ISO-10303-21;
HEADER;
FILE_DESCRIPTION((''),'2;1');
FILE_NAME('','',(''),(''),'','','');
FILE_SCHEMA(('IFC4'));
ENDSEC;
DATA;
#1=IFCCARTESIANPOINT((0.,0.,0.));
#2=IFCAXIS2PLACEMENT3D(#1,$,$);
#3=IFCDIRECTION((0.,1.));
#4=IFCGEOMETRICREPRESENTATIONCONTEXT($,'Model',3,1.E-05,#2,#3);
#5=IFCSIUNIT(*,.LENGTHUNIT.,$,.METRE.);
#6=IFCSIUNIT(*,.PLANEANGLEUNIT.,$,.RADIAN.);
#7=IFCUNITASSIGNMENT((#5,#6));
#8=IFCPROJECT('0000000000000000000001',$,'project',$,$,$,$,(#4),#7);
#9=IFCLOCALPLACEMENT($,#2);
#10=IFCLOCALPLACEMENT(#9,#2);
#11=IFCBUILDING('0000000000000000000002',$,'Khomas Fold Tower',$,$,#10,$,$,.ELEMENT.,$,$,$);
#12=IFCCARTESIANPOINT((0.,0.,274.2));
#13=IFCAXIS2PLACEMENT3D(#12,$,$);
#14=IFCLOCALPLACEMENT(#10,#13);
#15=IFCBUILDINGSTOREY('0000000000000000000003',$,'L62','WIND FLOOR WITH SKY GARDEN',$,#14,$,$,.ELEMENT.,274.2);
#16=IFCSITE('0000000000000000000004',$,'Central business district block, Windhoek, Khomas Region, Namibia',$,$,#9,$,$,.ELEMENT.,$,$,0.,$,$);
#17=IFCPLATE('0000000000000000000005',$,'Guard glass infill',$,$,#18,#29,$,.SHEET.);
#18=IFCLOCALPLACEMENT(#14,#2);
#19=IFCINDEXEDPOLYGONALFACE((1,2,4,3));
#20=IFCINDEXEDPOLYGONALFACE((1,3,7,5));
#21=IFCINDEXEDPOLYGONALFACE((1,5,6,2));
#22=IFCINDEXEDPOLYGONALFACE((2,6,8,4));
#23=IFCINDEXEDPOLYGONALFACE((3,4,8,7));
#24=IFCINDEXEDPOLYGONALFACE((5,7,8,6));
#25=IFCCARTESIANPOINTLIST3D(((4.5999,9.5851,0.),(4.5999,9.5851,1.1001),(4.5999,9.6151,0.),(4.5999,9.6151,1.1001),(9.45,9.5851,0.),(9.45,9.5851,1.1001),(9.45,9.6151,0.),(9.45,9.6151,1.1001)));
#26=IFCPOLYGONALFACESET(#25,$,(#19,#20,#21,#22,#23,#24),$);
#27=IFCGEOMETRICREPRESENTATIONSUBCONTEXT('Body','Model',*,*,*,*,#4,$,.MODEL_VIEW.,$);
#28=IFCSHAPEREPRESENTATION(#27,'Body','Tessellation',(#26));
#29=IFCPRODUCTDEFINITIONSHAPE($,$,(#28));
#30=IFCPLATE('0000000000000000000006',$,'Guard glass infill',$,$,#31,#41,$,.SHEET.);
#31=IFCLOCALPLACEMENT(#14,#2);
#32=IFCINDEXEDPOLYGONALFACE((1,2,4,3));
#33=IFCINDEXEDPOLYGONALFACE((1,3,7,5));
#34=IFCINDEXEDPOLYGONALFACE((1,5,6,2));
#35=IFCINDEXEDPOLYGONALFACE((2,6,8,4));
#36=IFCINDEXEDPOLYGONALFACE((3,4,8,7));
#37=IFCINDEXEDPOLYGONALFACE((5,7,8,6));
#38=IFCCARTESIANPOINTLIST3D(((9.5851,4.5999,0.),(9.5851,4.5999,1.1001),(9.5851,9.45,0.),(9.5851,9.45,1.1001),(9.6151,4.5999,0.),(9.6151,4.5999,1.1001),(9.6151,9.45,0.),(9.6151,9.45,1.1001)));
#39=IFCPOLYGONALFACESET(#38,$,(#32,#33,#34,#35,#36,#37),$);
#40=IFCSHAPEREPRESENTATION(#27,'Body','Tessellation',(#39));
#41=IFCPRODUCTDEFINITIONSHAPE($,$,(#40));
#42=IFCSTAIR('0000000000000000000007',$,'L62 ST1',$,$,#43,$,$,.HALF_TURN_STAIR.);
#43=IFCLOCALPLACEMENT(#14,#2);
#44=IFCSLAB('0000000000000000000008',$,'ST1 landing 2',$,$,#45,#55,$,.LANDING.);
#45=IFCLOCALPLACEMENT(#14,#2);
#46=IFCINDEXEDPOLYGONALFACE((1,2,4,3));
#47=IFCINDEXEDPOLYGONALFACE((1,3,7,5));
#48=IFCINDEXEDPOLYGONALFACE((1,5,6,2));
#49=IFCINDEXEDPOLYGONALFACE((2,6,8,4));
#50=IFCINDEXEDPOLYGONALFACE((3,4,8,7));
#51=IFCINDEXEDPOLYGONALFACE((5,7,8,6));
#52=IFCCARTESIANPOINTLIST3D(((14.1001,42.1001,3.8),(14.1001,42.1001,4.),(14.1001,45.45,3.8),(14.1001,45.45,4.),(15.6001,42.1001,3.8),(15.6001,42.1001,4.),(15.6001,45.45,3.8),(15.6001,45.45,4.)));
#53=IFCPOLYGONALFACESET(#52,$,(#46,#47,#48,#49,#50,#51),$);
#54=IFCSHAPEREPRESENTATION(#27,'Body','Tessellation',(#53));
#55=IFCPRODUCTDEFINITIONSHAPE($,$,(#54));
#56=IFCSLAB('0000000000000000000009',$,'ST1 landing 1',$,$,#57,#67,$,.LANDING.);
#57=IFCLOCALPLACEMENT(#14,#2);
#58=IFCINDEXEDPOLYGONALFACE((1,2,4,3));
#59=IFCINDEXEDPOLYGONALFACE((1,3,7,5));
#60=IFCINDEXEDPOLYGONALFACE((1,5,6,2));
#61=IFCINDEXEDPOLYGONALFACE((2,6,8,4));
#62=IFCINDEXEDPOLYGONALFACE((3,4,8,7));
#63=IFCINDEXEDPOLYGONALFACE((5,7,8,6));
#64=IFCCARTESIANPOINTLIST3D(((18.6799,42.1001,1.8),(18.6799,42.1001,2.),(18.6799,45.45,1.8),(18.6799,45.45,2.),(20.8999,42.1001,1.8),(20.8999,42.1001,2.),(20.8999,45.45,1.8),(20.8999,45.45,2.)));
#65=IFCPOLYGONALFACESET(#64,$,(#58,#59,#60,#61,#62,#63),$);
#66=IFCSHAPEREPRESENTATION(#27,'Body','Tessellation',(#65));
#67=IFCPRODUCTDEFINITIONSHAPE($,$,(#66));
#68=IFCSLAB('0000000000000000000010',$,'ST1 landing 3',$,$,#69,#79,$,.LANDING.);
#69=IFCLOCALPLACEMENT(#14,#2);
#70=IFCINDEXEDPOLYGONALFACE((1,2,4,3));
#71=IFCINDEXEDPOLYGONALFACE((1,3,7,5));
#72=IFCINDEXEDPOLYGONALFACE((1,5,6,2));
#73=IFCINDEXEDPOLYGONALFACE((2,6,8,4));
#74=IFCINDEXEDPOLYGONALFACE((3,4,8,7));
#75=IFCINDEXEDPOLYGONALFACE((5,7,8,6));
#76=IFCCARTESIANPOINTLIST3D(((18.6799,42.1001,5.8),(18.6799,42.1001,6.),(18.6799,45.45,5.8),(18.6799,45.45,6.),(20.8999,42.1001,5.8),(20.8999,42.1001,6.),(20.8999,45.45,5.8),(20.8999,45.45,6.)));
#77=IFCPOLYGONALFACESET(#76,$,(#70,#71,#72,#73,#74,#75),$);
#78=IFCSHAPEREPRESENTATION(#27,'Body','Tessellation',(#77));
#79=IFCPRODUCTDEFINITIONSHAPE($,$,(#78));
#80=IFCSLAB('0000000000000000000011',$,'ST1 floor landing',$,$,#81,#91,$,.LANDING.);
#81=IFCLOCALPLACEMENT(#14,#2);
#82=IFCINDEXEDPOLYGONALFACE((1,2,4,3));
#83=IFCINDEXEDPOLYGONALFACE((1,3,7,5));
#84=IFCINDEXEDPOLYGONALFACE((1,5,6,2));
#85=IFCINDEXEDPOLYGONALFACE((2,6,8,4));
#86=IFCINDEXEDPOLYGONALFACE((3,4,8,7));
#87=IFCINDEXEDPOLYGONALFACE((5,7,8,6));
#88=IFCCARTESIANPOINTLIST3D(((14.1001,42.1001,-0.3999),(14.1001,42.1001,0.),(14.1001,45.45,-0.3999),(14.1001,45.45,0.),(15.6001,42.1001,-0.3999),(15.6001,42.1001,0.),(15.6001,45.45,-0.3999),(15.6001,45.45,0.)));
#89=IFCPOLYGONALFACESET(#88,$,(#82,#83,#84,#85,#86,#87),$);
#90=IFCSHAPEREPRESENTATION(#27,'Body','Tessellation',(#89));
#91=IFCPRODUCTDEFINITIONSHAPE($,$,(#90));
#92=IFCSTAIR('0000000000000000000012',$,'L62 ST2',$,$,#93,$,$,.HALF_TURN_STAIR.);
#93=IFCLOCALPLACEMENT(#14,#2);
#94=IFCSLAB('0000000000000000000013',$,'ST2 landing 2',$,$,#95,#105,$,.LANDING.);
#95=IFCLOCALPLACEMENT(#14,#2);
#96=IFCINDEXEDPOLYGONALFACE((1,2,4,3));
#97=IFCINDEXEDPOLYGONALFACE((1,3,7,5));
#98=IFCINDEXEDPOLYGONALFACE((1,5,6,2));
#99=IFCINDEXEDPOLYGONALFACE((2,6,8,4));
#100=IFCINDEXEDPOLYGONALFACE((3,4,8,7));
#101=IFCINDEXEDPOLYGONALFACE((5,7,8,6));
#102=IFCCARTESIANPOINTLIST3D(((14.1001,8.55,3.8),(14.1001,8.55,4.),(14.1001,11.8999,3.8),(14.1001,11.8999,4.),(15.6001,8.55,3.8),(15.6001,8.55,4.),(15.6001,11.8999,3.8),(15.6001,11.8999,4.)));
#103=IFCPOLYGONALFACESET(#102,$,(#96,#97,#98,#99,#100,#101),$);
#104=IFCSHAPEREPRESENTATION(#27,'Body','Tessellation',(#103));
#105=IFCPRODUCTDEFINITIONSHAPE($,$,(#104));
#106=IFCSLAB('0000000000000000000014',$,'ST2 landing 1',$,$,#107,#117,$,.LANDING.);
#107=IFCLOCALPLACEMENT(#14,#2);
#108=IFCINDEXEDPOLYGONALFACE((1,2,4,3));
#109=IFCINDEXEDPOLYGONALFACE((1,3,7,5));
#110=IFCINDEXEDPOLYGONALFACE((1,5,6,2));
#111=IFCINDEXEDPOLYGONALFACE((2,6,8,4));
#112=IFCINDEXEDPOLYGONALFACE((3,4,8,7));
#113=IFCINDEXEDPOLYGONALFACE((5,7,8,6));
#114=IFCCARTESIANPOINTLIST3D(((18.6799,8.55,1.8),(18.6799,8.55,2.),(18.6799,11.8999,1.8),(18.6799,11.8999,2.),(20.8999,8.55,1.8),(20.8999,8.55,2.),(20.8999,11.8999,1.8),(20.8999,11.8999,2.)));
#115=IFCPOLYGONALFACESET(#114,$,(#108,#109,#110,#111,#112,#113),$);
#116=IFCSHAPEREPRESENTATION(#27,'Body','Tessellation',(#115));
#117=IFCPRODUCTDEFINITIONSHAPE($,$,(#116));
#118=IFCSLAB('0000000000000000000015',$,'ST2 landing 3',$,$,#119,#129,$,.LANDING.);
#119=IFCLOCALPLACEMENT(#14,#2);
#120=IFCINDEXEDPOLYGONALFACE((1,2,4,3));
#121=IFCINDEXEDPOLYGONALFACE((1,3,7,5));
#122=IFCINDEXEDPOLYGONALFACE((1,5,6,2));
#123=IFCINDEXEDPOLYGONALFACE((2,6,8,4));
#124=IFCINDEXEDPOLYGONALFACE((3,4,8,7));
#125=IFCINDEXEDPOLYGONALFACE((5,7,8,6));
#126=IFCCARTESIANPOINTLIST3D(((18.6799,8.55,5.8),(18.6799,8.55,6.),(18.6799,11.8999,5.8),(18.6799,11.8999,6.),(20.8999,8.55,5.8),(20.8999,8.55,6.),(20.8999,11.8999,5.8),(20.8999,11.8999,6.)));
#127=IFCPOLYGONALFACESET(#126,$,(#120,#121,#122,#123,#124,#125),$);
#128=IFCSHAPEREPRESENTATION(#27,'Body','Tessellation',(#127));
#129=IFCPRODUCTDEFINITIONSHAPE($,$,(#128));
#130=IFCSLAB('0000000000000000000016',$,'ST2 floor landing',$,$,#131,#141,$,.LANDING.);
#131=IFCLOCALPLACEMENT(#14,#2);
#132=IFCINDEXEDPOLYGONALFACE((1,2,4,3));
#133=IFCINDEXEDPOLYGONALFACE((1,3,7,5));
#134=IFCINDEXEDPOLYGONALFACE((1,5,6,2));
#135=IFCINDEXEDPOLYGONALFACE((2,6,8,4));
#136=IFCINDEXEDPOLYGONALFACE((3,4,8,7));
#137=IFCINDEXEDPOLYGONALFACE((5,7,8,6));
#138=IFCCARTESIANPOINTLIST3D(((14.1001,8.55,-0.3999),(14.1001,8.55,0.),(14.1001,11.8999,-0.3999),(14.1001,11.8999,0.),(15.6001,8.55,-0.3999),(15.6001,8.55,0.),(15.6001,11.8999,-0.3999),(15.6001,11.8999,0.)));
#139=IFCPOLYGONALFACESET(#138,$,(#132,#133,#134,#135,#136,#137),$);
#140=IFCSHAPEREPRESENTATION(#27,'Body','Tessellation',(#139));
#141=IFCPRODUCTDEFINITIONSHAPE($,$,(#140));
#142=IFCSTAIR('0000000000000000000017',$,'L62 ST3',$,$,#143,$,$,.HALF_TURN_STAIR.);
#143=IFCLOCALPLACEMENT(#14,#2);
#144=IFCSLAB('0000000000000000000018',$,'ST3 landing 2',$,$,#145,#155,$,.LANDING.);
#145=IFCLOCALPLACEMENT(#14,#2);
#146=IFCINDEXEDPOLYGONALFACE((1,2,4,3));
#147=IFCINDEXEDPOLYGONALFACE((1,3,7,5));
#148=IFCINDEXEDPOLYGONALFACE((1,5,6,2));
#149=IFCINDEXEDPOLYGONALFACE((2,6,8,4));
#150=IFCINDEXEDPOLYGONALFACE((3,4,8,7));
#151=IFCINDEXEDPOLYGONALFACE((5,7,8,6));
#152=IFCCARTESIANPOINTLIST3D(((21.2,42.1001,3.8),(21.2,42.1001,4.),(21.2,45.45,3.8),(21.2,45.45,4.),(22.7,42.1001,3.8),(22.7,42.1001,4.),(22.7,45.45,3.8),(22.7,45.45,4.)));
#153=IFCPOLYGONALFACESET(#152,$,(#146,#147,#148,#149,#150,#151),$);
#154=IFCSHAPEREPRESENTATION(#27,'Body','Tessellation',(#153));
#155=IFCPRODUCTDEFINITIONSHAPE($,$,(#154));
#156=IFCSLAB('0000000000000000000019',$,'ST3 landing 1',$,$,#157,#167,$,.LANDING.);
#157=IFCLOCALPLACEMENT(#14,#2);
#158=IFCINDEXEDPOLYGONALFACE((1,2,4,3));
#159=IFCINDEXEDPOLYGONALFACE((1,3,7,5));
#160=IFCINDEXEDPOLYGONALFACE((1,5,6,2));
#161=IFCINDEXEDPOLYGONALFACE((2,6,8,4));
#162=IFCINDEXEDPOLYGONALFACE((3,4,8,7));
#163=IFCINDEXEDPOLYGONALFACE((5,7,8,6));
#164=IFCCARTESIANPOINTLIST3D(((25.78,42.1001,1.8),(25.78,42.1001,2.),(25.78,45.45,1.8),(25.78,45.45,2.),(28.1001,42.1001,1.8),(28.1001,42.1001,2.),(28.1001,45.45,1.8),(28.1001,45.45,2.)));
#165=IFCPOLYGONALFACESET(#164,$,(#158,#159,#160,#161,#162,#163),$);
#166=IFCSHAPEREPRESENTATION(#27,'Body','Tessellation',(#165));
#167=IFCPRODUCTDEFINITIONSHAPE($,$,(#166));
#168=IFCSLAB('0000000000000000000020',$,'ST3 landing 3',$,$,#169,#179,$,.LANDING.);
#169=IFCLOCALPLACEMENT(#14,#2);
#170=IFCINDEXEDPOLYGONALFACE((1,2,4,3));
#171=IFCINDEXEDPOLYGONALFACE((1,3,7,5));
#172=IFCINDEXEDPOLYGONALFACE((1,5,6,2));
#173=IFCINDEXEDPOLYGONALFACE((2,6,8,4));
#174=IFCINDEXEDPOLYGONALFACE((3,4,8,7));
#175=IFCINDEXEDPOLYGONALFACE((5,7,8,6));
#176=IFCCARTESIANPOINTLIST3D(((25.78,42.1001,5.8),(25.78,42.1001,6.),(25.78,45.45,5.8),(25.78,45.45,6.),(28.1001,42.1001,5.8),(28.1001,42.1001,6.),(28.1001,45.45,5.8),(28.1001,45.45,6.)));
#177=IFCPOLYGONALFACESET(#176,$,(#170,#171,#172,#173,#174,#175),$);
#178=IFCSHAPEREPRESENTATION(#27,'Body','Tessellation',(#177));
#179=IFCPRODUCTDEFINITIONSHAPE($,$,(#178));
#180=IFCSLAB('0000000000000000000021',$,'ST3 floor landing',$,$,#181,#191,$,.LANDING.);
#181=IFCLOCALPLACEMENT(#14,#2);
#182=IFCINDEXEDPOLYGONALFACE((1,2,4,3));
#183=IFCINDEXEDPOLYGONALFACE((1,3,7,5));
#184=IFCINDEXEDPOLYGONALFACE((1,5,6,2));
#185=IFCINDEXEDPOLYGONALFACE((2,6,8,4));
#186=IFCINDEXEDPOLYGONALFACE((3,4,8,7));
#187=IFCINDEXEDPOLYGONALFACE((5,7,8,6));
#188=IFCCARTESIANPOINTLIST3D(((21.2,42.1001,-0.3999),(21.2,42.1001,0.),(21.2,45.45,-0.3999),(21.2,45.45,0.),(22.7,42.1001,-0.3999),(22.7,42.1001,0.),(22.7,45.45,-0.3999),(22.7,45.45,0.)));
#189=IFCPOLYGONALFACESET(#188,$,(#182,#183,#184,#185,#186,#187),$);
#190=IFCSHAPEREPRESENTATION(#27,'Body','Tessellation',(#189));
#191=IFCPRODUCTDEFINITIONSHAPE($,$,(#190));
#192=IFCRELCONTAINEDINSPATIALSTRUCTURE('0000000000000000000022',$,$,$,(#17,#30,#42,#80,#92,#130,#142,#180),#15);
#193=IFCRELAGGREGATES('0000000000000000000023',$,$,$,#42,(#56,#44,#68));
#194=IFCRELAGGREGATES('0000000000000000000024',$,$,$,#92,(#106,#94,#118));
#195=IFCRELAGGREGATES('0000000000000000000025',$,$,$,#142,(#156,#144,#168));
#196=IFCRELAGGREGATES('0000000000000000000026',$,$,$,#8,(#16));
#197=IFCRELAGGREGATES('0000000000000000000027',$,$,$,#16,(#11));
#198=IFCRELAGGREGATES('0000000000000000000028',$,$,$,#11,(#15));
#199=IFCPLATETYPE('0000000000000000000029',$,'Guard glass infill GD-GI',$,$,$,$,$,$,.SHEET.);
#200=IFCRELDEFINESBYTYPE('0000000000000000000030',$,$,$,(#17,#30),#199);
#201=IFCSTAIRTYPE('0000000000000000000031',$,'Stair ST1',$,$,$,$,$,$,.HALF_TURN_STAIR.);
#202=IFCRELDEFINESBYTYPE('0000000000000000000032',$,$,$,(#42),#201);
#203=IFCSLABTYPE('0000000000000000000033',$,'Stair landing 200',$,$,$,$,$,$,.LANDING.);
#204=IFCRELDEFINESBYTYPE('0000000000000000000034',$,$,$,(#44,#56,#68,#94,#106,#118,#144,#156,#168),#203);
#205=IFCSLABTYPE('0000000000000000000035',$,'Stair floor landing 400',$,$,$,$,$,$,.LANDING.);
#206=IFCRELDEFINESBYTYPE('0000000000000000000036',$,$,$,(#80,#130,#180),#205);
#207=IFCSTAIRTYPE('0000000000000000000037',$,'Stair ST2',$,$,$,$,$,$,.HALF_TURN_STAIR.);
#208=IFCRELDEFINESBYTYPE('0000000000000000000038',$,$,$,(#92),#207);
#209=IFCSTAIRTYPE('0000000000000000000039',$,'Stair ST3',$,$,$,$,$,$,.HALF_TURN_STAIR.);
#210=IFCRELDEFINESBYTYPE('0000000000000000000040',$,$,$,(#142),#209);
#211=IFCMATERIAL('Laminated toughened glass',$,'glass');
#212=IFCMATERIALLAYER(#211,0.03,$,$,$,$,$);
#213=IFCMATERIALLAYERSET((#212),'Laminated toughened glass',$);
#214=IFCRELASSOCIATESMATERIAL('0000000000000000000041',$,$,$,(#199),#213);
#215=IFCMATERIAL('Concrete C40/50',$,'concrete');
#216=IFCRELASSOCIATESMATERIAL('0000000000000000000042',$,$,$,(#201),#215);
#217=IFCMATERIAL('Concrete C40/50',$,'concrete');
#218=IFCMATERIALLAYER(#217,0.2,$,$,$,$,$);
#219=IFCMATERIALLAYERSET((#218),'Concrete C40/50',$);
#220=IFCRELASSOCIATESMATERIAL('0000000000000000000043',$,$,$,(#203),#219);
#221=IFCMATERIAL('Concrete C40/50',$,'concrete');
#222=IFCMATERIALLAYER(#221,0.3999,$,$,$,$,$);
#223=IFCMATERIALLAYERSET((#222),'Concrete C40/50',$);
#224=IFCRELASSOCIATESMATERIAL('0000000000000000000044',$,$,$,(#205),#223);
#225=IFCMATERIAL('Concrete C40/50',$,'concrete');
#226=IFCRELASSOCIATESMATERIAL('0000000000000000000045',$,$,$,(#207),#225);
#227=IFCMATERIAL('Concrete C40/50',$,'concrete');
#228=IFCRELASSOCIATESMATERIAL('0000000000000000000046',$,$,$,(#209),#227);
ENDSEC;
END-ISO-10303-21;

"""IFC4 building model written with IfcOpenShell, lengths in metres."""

from ifc_helpers import new_model, si_unit, direction, frame, origin, origin_2d, place, context, subcontext, project, spatial, polyline, rectangle, outline, extrude, source, transform, mapped, material, layer, layer_set, type_object, element, aggregate, save


model = new_model("IFC4")

# Units and contexts
model_context = context("Model", 3, precision=1e-05, world=origin(), true_north=direction((0.0, 1.0)))
body_context = subcontext(model_context, "Body", "Model", "MODEL_VIEW")
ifc_project = project(units=[si_unit("LENGTHUNIT", "METRE"), si_unit("PLANEANGLEUNIT", "RADIAN")], contexts=[model_context])

# Site, building, storey
site_placement = place(None, origin())
site = spatial("IfcSite", under=ifc_project, at=site_placement, Name="Central business district block, Windhoek, Khomas Region, Namibia", CompositionType="ELEMENT", RefElevation=0.0)
building_placement = place(site_placement, origin())
building = spatial("IfcBuilding", under=site, at=building_placement, Name="Khomas Fold Tower", CompositionType="ELEMENT")
storey_placement = place(building_placement, frame((0.0, 0.0, 274.2)))
storey = spatial("IfcBuildingStorey", under=building, at=storey_placement, Name="L62", Description="WIND FLOOR WITH SKY GARDEN", CompositionType="ELEMENT", Elevation=274.2)

# Plates
ifc_material_1 = material(Name="Laminated toughened glass", Category="glass")
ifc_layer_1 = layer(ifc_material_1, 0.03)
ifc_layer_set_1 = layer_set([ifc_layer_1], Name="Laminated toughened glass")
plate_type = type_object("IfcPlateType", Name="Guard glass infill GD-GI", PredefinedType="SHEET", material=ifc_layer_set_1)
shared_shape_1 = source(origin(), body_context, "Body", "SweptSolid", [
    extrude(rectangle(XDim=4.8501, YDim=0.03, at=origin_2d()), origin(), (0.0, 0.0, 1.0), 1.1001),
])
for number, where, z_axis, x_axis, name in (
    (1, (7.0249, 9.6001, 0.0), (0.0, 0.0, 1.0), (-1.0, 0.0, 0.0), "Guard glass infill"),
    (2, (9.6001, 7.0249, 0.0), (0.0, 0.0, 1.0), (0.0, 1.0, 0.0), "Guard glass infill"),
):
    element("IfcPlate", number, at=place(storey_placement, frame(where, z_axis=z_axis, x_axis=x_axis)), inside=storey, type_object=plate_type, Name=name, PredefinedType="SHEET", context=body_context, shape_type="MappedRepresentation", body=[
        mapped(shared_shape_1, transform((0.0, 0.0, 0.0))),
    ])

# Stair, slabs
ifc_material_2 = material(Name="Concrete C40/50", Category="concrete")
stair_type_1 = type_object("IfcStairType", Name="Stair ST1", PredefinedType="HALF_TURN_STAIR", material=ifc_material_2)
stair_1_placement = place(storey_placement, origin())
stair_1 = element("IfcStair", 3, at=stair_1_placement, inside=storey, type_object=stair_type_1, Name="L62 ST1", PredefinedType="HALF_TURN_STAIR")
ifc_material_3 = material(Name="Concrete C40/50", Category="concrete")
ifc_layer_2 = layer(ifc_material_3, 0.2)
ifc_layer_set_2 = layer_set([ifc_layer_2], Name="Concrete C40/50")
slab_type_1 = type_object("IfcSlabType", Name="Stair landing 200", PredefinedType="LANDING", material=ifc_layer_set_2)
shared_shape_2 = source(origin(), body_context, "Body", "SweptSolid", [
    extrude(outline(polyline([(14.1001, 42.1001), (15.6001, 42.1001), (15.6001, 45.45), (14.1001, 45.45), (14.1001, 42.1001)])), origin(), (0.0, 0.0, 1.0), 0.2),
])
slab_1_placement = place(storey_placement, frame((0.0, 0.0, 3.8)))
slab_1 = element("IfcSlab", 4, at=slab_1_placement, type_object=slab_type_1, Name="ST1 landing 2", PredefinedType="LANDING", context=body_context, shape_type="MappedRepresentation", body=[
    mapped(shared_shape_2, transform((0.0, 0.0, 0.0))),
])
shared_shape_3 = source(origin(), body_context, "Body", "SweptSolid", [
    extrude(outline(polyline([(18.6799, 42.1001), (20.8999, 42.1001), (20.8999, 45.45), (18.6799, 45.45), (18.6799, 42.1001)])), origin(), (0.0, 0.0, 1.0), 0.2),
])
slab_2_placement = place(storey_placement, frame((0.0, 0.0, 1.8)))
slab_2 = element("IfcSlab", 5, at=slab_2_placement, type_object=slab_type_1, Name="ST1 landing 1", PredefinedType="LANDING", context=body_context, shape_type="MappedRepresentation", body=[
    mapped(shared_shape_3, transform((0.0, 0.0, 0.0))),
])
slab_3_placement = place(storey_placement, frame((0.0, 0.0, 5.8)))
slab_3 = element("IfcSlab", 6, at=slab_3_placement, type_object=slab_type_1, Name="ST1 landing 3", PredefinedType="LANDING", context=body_context, shape_type="MappedRepresentation", body=[
    mapped(shared_shape_3, transform((0.0, 0.0, 0.0))),
])
aggregate(stair_1, [slab_2, slab_1, slab_3])

# Slab
ifc_material_4 = material(Name="Concrete C40/50", Category="concrete")
ifc_layer_3 = layer(ifc_material_4, 0.3999)
ifc_layer_set_3 = layer_set([ifc_layer_3], Name="Concrete C40/50")
slab_type_2 = type_object("IfcSlabType", Name="Stair floor landing 400", PredefinedType="LANDING", material=ifc_layer_set_3)
shared_shape_4 = source(origin(), body_context, "Body", "SweptSolid", [
    extrude(outline(polyline([(14.1001, 45.45), (15.6001, 45.45), (15.6001, 42.1001), (14.1001, 42.1001), (14.1001, 45.45)])), origin(), (0.0, 0.0, 1.0), 0.3999),
])
slab_4_placement = place(storey_placement, frame((0.0, 0.0, -0.3999)))
element("IfcSlab", 7, at=slab_4_placement, inside=storey, type_object=slab_type_2, Name="ST1 floor landing", PredefinedType="LANDING", context=body_context, shape_type="MappedRepresentation", body=[
    mapped(shared_shape_4, transform((0.0, 0.0, 0.0))),
])

# Stair, slabs
ifc_material_5 = material(Name="Concrete C40/50", Category="concrete")
stair_type_2 = type_object("IfcStairType", Name="Stair ST2", PredefinedType="HALF_TURN_STAIR", material=ifc_material_5)
stair_2_placement = place(storey_placement, origin())
stair_2 = element("IfcStair", 8, at=stair_2_placement, inside=storey, type_object=stair_type_2, Name="L62 ST2", PredefinedType="HALF_TURN_STAIR")
shared_shape_5 = source(origin(), body_context, "Body", "SweptSolid", [
    extrude(outline(polyline([(14.1001, 8.55), (15.6001, 8.55), (15.6001, 11.8999), (14.1001, 11.8999), (14.1001, 8.55)])), origin(), (0.0, 0.0, 1.0), 0.2),
])
slab_5_placement = place(storey_placement, frame((0.0, 0.0, 3.8)))
slab_5 = element("IfcSlab", 9, at=slab_5_placement, type_object=slab_type_1, Name="ST2 landing 2", PredefinedType="LANDING", context=body_context, shape_type="MappedRepresentation", body=[
    mapped(shared_shape_5, transform((0.0, 0.0, 0.0))),
])
shared_shape_6 = source(origin(), body_context, "Body", "SweptSolid", [
    extrude(outline(polyline([(18.6799, 8.55), (20.8999, 8.55), (20.8999, 11.8999), (18.6799, 11.8999), (18.6799, 8.55)])), origin(), (0.0, 0.0, 1.0), 0.2),
])
slab_6_placement = place(storey_placement, frame((0.0, 0.0, 1.8)))
slab_6 = element("IfcSlab", 10, at=slab_6_placement, type_object=slab_type_1, Name="ST2 landing 1", PredefinedType="LANDING", context=body_context, shape_type="MappedRepresentation", body=[
    mapped(shared_shape_6, transform((0.0, 0.0, 0.0))),
])
slab_7_placement = place(storey_placement, frame((0.0, 0.0, 5.8)))
slab_7 = element("IfcSlab", 11, at=slab_7_placement, type_object=slab_type_1, Name="ST2 landing 3", PredefinedType="LANDING", context=body_context, shape_type="MappedRepresentation", body=[
    mapped(shared_shape_6, transform((0.0, 0.0, 0.0))),
])
aggregate(stair_2, [slab_6, slab_5, slab_7])

# Slab
shared_shape_7 = source(origin(), body_context, "Body", "SweptSolid", [
    extrude(outline(polyline([(14.1001, 11.8999), (15.6001, 11.8999), (15.6001, 8.55), (14.1001, 8.55), (14.1001, 11.8999)])), origin(), (0.0, 0.0, 1.0), 0.3999),
])
slab_8_placement = place(storey_placement, frame((0.0, 0.0, -0.3999)))
element("IfcSlab", 12, at=slab_8_placement, inside=storey, type_object=slab_type_2, Name="ST2 floor landing", PredefinedType="LANDING", context=body_context, shape_type="MappedRepresentation", body=[
    mapped(shared_shape_7, transform((0.0, 0.0, 0.0))),
])

# Stair, slabs
ifc_material_6 = material(Name="Concrete C40/50", Category="concrete")
stair_type_3 = type_object("IfcStairType", Name="Stair ST3", PredefinedType="HALF_TURN_STAIR", material=ifc_material_6)
stair_3_placement = place(storey_placement, origin())
stair_3 = element("IfcStair", 13, at=stair_3_placement, inside=storey, type_object=stair_type_3, Name="L62 ST3", PredefinedType="HALF_TURN_STAIR")
shared_shape_8 = source(origin(), body_context, "Body", "SweptSolid", [
    extrude(outline(polyline([(21.2, 42.1001), (22.7, 42.1001), (22.7, 45.45), (21.2, 45.45), (21.2, 42.1001)])), origin(), (0.0, 0.0, 1.0), 0.2),
])
slab_9_placement = place(storey_placement, frame((0.0, 0.0, 3.8)))
slab_9 = element("IfcSlab", 14, at=slab_9_placement, type_object=slab_type_1, Name="ST3 landing 2", PredefinedType="LANDING", context=body_context, shape_type="MappedRepresentation", body=[
    mapped(shared_shape_8, transform((0.0, 0.0, 0.0))),
])
shared_shape_9 = source(origin(), body_context, "Body", "SweptSolid", [
    extrude(outline(polyline([(25.78, 42.1001), (28.1001, 42.1001), (28.1001, 45.45), (25.78, 45.45), (25.78, 42.1001)])), origin(), (0.0, 0.0, 1.0), 0.2),
])
slab_10_placement = place(storey_placement, frame((0.0, 0.0, 1.8)))
slab_10 = element("IfcSlab", 15, at=slab_10_placement, type_object=slab_type_1, Name="ST3 landing 1", PredefinedType="LANDING", context=body_context, shape_type="MappedRepresentation", body=[
    mapped(shared_shape_9, transform((0.0, 0.0, 0.0))),
])
slab_11_placement = place(storey_placement, frame((0.0, 0.0, 5.8)))
slab_11 = element("IfcSlab", 16, at=slab_11_placement, type_object=slab_type_1, Name="ST3 landing 3", PredefinedType="LANDING", context=body_context, shape_type="MappedRepresentation", body=[
    mapped(shared_shape_9, transform((0.0, 0.0, 0.0))),
])
aggregate(stair_3, [slab_10, slab_9, slab_11])

# Slab
shared_shape_10 = source(origin(), body_context, "Body", "SweptSolid", [
    extrude(outline(polyline([(21.2, 45.45), (22.7, 45.45), (22.7, 42.1001), (21.2, 42.1001), (21.2, 45.45)])), origin(), (0.0, 0.0, 1.0), 0.3999),
])
slab_12_placement = place(storey_placement, frame((0.0, 0.0, -0.3999)))
element("IfcSlab", 17, at=slab_12_placement, inside=storey, type_object=slab_type_2, Name="ST3 floor landing", PredefinedType="LANDING", context=body_context, shape_type="MappedRepresentation", body=[
    mapped(shared_shape_10, transform((0.0, 0.0, 0.0))),
])

save(model, "model.ifc")
